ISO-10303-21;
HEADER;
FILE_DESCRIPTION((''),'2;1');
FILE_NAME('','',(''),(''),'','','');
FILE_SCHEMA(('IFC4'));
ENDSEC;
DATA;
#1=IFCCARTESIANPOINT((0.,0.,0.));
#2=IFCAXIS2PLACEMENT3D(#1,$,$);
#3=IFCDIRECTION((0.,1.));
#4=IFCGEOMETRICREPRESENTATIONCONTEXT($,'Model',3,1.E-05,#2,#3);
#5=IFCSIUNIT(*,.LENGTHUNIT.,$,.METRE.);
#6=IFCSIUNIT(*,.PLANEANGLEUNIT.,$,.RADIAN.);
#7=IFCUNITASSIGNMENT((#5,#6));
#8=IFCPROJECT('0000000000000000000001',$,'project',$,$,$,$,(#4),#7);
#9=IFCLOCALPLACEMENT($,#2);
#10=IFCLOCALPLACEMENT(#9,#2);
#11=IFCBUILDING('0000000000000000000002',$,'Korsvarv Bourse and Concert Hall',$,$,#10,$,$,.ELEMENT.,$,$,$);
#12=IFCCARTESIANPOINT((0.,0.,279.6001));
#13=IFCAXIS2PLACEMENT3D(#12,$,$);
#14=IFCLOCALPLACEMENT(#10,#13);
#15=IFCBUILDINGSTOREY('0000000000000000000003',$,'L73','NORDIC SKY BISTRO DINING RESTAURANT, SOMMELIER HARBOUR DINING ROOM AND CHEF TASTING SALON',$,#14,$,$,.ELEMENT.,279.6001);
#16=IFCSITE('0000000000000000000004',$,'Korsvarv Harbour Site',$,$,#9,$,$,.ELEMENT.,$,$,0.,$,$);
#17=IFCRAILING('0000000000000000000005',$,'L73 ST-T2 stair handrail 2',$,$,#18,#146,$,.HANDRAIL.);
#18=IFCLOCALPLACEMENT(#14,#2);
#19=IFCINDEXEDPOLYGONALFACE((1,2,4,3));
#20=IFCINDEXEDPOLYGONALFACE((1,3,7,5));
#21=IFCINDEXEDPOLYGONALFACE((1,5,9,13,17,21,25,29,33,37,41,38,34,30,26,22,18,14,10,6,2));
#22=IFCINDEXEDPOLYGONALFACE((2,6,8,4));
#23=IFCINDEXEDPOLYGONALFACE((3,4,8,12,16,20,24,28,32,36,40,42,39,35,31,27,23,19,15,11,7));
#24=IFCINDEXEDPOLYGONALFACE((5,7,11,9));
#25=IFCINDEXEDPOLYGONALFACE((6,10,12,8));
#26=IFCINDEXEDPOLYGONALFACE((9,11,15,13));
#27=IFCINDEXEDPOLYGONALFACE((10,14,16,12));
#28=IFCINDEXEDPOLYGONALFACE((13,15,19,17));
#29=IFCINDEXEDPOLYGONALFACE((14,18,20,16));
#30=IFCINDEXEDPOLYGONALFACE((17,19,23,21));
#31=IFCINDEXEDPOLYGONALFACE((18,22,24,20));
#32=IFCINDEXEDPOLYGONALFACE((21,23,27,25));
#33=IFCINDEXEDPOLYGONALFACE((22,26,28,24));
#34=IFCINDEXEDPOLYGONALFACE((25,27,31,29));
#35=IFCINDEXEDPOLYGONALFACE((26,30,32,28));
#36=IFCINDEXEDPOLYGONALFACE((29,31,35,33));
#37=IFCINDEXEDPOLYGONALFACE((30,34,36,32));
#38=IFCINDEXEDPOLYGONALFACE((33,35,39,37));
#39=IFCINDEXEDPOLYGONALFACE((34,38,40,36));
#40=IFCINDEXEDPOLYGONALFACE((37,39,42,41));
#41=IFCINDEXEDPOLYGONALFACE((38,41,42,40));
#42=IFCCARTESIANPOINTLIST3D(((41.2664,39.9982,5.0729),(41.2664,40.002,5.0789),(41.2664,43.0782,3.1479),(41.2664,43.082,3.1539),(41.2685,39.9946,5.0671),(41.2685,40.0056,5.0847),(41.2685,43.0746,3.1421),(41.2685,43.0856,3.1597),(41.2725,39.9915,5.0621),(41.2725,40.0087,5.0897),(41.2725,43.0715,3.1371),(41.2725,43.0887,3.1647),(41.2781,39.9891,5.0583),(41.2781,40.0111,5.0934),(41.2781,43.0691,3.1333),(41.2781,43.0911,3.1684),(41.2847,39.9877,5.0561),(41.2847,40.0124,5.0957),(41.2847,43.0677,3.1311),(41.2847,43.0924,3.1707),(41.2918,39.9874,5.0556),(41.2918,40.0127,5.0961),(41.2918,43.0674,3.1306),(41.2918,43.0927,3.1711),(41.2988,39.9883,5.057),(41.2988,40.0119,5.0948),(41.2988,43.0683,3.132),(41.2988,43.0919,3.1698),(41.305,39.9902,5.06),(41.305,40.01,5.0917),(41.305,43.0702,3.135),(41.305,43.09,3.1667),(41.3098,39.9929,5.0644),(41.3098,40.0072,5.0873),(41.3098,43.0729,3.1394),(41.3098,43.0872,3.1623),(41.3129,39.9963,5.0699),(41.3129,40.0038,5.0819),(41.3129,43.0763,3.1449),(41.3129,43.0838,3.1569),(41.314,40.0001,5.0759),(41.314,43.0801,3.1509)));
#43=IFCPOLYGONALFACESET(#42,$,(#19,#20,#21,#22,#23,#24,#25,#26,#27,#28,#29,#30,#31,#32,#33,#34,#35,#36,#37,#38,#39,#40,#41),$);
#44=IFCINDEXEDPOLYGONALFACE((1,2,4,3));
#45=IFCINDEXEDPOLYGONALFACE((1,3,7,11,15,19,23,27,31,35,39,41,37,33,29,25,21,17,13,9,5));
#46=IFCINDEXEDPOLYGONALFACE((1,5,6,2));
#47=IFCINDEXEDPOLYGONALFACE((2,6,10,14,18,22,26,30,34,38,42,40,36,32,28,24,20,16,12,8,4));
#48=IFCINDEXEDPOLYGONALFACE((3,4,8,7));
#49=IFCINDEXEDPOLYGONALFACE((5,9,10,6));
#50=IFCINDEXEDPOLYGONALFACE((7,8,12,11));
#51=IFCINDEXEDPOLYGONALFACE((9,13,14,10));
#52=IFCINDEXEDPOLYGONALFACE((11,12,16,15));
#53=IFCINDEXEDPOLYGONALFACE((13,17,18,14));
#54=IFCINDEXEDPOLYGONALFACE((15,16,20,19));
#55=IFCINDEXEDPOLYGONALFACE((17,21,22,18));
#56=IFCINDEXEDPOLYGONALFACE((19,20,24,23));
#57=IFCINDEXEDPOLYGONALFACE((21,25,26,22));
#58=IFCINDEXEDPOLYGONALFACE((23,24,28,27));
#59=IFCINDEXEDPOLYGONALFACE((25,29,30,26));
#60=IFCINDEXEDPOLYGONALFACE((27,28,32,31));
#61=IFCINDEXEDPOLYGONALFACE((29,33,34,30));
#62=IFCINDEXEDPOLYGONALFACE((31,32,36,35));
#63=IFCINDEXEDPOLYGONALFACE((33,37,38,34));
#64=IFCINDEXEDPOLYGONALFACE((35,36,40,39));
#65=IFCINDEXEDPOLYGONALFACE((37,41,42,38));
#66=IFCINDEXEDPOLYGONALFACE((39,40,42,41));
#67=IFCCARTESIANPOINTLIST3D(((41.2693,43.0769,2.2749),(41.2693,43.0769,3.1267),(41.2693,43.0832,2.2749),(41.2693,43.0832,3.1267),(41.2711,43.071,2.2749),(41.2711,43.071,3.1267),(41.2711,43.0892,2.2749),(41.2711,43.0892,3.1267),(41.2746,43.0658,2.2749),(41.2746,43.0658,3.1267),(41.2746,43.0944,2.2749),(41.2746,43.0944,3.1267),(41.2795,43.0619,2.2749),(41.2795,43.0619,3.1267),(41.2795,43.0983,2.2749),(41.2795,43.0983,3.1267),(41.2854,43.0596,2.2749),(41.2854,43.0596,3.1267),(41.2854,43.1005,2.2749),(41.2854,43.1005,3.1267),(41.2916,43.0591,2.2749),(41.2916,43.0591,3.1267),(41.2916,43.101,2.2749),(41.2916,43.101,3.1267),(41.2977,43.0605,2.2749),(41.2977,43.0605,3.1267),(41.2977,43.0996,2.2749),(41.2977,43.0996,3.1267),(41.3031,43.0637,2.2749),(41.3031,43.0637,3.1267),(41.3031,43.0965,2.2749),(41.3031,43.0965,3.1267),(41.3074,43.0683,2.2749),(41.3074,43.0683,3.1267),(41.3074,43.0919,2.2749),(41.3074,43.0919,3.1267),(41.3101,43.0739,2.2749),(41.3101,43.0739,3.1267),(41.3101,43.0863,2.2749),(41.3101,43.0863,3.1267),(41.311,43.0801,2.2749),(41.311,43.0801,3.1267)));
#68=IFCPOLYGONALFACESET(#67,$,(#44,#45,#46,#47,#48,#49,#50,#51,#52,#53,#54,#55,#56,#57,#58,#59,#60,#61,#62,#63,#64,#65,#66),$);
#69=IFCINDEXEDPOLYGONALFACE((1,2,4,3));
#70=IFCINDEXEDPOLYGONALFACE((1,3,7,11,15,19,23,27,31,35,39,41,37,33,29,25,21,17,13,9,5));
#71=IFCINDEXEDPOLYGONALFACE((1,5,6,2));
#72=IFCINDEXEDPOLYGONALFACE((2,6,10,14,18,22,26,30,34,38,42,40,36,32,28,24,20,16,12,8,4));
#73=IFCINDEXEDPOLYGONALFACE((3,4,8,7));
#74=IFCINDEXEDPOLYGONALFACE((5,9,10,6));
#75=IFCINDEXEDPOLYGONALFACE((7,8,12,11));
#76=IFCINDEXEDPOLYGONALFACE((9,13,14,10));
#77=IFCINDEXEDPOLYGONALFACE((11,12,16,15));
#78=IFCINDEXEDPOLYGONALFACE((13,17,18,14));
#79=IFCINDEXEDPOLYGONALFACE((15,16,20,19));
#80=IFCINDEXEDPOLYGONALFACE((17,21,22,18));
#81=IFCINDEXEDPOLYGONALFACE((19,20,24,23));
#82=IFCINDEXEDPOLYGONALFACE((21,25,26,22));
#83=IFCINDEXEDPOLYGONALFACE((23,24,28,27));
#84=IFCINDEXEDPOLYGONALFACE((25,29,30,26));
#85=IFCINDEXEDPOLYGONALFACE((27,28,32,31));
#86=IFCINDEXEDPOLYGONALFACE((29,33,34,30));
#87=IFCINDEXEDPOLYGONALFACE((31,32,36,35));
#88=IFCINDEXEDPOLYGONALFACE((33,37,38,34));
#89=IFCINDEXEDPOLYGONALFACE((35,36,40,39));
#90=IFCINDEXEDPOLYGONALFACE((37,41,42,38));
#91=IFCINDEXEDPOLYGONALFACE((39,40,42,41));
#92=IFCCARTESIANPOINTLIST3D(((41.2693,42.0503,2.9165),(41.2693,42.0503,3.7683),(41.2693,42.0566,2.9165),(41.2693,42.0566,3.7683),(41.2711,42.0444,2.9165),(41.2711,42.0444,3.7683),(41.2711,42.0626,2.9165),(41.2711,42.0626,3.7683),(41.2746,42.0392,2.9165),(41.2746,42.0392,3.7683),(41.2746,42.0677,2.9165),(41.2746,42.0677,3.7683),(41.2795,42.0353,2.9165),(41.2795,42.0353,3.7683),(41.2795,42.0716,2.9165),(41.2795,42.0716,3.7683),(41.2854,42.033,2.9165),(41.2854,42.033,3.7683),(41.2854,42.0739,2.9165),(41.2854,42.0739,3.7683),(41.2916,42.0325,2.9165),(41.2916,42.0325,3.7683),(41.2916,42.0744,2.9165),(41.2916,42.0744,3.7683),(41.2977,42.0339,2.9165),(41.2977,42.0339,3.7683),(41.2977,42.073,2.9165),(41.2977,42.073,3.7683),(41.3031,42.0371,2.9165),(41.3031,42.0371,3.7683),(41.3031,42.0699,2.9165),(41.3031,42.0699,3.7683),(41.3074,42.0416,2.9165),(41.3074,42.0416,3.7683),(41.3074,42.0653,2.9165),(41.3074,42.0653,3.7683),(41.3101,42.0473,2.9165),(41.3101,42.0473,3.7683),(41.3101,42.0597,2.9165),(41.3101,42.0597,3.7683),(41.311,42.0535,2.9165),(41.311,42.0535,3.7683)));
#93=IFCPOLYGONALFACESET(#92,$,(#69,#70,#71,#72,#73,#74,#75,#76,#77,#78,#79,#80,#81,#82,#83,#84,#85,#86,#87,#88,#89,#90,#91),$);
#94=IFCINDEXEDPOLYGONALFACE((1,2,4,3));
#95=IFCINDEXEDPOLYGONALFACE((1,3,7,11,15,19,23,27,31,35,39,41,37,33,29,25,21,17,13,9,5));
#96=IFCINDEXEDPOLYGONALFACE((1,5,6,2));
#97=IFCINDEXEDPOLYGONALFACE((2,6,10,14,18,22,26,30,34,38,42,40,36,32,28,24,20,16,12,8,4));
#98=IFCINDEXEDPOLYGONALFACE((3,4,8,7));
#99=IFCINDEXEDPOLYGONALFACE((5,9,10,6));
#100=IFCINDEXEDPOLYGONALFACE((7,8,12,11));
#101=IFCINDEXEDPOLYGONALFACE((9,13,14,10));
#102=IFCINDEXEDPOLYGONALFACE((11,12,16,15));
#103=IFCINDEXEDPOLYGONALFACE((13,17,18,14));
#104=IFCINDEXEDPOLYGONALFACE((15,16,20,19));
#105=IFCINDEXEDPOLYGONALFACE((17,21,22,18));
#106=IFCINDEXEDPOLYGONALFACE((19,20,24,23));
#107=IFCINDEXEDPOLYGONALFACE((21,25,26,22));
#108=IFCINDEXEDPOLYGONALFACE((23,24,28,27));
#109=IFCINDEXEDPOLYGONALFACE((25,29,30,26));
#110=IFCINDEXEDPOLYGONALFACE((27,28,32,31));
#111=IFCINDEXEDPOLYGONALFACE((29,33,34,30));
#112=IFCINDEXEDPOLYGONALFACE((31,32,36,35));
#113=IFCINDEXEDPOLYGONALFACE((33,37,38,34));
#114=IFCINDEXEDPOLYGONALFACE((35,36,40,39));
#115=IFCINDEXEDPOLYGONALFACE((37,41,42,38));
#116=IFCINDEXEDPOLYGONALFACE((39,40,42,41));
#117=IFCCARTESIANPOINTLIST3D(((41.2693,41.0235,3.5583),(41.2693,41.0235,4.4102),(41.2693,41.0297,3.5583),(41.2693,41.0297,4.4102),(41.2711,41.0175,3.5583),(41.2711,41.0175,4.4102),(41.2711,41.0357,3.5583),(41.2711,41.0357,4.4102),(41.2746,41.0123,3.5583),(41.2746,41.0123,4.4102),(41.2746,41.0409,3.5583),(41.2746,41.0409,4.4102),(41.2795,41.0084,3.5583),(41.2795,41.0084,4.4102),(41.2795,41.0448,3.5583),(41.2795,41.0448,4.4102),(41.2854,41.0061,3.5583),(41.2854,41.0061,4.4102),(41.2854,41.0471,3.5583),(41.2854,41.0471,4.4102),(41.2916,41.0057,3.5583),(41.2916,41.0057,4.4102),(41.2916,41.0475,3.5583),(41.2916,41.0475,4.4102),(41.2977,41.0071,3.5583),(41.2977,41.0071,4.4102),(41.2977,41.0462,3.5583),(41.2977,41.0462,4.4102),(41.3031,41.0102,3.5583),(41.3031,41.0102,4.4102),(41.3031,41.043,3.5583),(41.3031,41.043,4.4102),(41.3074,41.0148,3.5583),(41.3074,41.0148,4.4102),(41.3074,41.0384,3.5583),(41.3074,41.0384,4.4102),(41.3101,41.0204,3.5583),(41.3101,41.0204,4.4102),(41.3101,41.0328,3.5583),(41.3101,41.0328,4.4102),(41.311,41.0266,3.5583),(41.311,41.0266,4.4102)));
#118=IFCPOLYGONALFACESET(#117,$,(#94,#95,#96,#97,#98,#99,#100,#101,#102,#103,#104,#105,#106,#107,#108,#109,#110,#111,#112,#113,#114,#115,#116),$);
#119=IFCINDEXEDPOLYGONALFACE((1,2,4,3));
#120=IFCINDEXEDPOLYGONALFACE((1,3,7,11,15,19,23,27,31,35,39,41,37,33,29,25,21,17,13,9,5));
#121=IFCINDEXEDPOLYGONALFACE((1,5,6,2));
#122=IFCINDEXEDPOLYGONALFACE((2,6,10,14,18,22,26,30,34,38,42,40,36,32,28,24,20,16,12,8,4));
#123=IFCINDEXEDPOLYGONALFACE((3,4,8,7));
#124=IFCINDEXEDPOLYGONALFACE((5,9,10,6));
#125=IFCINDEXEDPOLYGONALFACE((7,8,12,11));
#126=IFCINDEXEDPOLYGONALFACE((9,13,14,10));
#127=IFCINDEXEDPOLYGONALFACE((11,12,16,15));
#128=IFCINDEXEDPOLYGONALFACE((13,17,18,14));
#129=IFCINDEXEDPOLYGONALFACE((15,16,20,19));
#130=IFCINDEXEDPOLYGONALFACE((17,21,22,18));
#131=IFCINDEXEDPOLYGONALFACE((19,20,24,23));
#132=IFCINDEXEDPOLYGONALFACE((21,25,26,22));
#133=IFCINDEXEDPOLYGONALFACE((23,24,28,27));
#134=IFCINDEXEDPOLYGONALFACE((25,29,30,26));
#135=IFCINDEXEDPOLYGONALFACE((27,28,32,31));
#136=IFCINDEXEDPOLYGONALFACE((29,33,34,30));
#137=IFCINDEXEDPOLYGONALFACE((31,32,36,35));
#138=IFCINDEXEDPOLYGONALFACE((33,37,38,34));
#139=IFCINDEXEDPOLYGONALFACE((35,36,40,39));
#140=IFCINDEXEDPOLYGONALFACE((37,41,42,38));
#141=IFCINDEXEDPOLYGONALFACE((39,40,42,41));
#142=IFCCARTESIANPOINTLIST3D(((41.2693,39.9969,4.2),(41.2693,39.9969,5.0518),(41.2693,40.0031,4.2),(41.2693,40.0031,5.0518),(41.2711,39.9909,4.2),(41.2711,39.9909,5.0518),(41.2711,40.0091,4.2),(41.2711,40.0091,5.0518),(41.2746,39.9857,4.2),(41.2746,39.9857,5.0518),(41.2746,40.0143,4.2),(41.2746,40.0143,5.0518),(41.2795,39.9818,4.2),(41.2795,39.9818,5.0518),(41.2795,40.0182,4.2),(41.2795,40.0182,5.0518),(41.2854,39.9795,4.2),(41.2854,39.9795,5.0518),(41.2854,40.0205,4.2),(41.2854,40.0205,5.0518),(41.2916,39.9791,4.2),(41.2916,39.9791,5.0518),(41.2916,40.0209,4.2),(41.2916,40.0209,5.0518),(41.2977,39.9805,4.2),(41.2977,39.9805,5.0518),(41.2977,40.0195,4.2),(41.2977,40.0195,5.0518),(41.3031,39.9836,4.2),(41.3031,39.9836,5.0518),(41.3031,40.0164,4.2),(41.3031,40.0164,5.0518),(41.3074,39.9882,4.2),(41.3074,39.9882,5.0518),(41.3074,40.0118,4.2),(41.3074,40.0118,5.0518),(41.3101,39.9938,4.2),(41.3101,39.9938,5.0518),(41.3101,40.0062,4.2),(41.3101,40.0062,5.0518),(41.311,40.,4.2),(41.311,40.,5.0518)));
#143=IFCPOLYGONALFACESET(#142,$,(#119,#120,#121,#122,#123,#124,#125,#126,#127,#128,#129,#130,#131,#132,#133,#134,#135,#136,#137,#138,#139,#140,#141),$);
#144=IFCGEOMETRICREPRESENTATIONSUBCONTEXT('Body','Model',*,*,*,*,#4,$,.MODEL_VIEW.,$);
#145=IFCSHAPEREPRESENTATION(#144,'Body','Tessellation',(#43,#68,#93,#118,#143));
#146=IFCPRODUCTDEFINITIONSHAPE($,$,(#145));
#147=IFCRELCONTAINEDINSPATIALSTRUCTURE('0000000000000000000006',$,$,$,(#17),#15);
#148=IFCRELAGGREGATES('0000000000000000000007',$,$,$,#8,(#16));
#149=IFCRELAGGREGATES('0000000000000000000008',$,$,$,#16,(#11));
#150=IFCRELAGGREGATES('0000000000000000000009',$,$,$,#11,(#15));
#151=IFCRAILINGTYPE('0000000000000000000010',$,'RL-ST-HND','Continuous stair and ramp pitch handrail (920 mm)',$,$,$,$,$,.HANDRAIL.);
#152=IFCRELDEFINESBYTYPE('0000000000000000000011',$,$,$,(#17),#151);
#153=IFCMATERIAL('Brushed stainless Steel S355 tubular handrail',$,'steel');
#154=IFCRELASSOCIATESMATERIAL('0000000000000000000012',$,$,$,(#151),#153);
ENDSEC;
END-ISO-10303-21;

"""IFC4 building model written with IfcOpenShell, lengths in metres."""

from ifc_helpers import new_model, si_unit, direction, frame, origin, origin_2d, place, context, subcontext, project, spatial, circle, extrude, material, type_object, element, save


model = new_model("IFC4")

# Units and contexts
model_context = context("Model", 3, precision=1e-05, world=origin(), true_north=direction((0.0, 1.0)))
body_context = subcontext(model_context, "Body", "Model", "MODEL_VIEW")
ifc_project = project(units=[si_unit("LENGTHUNIT", "METRE"), si_unit("PLANEANGLEUNIT", "RADIAN")], contexts=[model_context])

# Site, building, storey
site_placement = place(None, origin())
site = spatial("IfcSite", under=ifc_project, at=site_placement, Name="Korsvarv Harbour Site", CompositionType="ELEMENT", RefElevation=0.0)
building_placement = place(site_placement, origin())
building = spatial("IfcBuilding", under=site, at=building_placement, Name="Korsvarv Bourse and Concert Hall", CompositionType="ELEMENT")
storey_placement = place(building_placement, frame((0.0, 0.0, 279.6001)))
storey = spatial("IfcBuildingStorey", under=building, at=storey_placement, Name="L73", Description="NORDIC SKY BISTRO DINING RESTAURANT, SOMMELIER HARBOUR DINING ROOM AND CHEF TASTING SALON", CompositionType="ELEMENT", Elevation=279.6001)

# Railing
ifc_material_1 = material(Name="Brushed stainless Steel S355 tubular handrail", Category="steel")
railing_type_1 = type_object("IfcRailingType", Name="RL-ST-HND", Description="Continuous stair and ramp pitch handrail (920 mm)", PredefinedType="HANDRAIL", material=ifc_material_1)
railing_1_placement = place(storey_placement, frame((41.29, 43.0801, 2.2749)))
element("IfcRailing", 1, at=railing_1_placement, inside=storey, type_object=railing_type_1, Name="L73 ST-T2 stair handrail 2", PredefinedType="HANDRAIL", context=body_context, shape_type="SweptSolid", body=[
    extrude(circle(Radius=0.0239, at=origin_2d()), frame((0.0, 0.0, 0.876), z_axis=(0.0, -0.847998, 0.529999), x_axis=(1.0, 0.0, 0.0)), (0.0, 0.0, 1.0), 3.6321),
    extrude(circle(Radius=0.021, at=origin_2d()), origin(), (0.0, 0.0, 1.0), 0.8518),
    extrude(circle(Radius=0.021, at=origin_2d()), frame((0.0, -1.0266, 0.6416)), (0.0, 0.0, 1.0), 0.8518),
    extrude(circle(Radius=0.021, at=origin_2d()), frame((0.0, -2.0535, 1.2834)), (0.0, 0.0, 1.0), 0.8518),
    extrude(circle(Radius=0.021, at=origin_2d()), frame((0.0, -3.0801, 1.925)), (0.0, 0.0, 1.0), 0.8518),
])

save(model, "model.ifc")
